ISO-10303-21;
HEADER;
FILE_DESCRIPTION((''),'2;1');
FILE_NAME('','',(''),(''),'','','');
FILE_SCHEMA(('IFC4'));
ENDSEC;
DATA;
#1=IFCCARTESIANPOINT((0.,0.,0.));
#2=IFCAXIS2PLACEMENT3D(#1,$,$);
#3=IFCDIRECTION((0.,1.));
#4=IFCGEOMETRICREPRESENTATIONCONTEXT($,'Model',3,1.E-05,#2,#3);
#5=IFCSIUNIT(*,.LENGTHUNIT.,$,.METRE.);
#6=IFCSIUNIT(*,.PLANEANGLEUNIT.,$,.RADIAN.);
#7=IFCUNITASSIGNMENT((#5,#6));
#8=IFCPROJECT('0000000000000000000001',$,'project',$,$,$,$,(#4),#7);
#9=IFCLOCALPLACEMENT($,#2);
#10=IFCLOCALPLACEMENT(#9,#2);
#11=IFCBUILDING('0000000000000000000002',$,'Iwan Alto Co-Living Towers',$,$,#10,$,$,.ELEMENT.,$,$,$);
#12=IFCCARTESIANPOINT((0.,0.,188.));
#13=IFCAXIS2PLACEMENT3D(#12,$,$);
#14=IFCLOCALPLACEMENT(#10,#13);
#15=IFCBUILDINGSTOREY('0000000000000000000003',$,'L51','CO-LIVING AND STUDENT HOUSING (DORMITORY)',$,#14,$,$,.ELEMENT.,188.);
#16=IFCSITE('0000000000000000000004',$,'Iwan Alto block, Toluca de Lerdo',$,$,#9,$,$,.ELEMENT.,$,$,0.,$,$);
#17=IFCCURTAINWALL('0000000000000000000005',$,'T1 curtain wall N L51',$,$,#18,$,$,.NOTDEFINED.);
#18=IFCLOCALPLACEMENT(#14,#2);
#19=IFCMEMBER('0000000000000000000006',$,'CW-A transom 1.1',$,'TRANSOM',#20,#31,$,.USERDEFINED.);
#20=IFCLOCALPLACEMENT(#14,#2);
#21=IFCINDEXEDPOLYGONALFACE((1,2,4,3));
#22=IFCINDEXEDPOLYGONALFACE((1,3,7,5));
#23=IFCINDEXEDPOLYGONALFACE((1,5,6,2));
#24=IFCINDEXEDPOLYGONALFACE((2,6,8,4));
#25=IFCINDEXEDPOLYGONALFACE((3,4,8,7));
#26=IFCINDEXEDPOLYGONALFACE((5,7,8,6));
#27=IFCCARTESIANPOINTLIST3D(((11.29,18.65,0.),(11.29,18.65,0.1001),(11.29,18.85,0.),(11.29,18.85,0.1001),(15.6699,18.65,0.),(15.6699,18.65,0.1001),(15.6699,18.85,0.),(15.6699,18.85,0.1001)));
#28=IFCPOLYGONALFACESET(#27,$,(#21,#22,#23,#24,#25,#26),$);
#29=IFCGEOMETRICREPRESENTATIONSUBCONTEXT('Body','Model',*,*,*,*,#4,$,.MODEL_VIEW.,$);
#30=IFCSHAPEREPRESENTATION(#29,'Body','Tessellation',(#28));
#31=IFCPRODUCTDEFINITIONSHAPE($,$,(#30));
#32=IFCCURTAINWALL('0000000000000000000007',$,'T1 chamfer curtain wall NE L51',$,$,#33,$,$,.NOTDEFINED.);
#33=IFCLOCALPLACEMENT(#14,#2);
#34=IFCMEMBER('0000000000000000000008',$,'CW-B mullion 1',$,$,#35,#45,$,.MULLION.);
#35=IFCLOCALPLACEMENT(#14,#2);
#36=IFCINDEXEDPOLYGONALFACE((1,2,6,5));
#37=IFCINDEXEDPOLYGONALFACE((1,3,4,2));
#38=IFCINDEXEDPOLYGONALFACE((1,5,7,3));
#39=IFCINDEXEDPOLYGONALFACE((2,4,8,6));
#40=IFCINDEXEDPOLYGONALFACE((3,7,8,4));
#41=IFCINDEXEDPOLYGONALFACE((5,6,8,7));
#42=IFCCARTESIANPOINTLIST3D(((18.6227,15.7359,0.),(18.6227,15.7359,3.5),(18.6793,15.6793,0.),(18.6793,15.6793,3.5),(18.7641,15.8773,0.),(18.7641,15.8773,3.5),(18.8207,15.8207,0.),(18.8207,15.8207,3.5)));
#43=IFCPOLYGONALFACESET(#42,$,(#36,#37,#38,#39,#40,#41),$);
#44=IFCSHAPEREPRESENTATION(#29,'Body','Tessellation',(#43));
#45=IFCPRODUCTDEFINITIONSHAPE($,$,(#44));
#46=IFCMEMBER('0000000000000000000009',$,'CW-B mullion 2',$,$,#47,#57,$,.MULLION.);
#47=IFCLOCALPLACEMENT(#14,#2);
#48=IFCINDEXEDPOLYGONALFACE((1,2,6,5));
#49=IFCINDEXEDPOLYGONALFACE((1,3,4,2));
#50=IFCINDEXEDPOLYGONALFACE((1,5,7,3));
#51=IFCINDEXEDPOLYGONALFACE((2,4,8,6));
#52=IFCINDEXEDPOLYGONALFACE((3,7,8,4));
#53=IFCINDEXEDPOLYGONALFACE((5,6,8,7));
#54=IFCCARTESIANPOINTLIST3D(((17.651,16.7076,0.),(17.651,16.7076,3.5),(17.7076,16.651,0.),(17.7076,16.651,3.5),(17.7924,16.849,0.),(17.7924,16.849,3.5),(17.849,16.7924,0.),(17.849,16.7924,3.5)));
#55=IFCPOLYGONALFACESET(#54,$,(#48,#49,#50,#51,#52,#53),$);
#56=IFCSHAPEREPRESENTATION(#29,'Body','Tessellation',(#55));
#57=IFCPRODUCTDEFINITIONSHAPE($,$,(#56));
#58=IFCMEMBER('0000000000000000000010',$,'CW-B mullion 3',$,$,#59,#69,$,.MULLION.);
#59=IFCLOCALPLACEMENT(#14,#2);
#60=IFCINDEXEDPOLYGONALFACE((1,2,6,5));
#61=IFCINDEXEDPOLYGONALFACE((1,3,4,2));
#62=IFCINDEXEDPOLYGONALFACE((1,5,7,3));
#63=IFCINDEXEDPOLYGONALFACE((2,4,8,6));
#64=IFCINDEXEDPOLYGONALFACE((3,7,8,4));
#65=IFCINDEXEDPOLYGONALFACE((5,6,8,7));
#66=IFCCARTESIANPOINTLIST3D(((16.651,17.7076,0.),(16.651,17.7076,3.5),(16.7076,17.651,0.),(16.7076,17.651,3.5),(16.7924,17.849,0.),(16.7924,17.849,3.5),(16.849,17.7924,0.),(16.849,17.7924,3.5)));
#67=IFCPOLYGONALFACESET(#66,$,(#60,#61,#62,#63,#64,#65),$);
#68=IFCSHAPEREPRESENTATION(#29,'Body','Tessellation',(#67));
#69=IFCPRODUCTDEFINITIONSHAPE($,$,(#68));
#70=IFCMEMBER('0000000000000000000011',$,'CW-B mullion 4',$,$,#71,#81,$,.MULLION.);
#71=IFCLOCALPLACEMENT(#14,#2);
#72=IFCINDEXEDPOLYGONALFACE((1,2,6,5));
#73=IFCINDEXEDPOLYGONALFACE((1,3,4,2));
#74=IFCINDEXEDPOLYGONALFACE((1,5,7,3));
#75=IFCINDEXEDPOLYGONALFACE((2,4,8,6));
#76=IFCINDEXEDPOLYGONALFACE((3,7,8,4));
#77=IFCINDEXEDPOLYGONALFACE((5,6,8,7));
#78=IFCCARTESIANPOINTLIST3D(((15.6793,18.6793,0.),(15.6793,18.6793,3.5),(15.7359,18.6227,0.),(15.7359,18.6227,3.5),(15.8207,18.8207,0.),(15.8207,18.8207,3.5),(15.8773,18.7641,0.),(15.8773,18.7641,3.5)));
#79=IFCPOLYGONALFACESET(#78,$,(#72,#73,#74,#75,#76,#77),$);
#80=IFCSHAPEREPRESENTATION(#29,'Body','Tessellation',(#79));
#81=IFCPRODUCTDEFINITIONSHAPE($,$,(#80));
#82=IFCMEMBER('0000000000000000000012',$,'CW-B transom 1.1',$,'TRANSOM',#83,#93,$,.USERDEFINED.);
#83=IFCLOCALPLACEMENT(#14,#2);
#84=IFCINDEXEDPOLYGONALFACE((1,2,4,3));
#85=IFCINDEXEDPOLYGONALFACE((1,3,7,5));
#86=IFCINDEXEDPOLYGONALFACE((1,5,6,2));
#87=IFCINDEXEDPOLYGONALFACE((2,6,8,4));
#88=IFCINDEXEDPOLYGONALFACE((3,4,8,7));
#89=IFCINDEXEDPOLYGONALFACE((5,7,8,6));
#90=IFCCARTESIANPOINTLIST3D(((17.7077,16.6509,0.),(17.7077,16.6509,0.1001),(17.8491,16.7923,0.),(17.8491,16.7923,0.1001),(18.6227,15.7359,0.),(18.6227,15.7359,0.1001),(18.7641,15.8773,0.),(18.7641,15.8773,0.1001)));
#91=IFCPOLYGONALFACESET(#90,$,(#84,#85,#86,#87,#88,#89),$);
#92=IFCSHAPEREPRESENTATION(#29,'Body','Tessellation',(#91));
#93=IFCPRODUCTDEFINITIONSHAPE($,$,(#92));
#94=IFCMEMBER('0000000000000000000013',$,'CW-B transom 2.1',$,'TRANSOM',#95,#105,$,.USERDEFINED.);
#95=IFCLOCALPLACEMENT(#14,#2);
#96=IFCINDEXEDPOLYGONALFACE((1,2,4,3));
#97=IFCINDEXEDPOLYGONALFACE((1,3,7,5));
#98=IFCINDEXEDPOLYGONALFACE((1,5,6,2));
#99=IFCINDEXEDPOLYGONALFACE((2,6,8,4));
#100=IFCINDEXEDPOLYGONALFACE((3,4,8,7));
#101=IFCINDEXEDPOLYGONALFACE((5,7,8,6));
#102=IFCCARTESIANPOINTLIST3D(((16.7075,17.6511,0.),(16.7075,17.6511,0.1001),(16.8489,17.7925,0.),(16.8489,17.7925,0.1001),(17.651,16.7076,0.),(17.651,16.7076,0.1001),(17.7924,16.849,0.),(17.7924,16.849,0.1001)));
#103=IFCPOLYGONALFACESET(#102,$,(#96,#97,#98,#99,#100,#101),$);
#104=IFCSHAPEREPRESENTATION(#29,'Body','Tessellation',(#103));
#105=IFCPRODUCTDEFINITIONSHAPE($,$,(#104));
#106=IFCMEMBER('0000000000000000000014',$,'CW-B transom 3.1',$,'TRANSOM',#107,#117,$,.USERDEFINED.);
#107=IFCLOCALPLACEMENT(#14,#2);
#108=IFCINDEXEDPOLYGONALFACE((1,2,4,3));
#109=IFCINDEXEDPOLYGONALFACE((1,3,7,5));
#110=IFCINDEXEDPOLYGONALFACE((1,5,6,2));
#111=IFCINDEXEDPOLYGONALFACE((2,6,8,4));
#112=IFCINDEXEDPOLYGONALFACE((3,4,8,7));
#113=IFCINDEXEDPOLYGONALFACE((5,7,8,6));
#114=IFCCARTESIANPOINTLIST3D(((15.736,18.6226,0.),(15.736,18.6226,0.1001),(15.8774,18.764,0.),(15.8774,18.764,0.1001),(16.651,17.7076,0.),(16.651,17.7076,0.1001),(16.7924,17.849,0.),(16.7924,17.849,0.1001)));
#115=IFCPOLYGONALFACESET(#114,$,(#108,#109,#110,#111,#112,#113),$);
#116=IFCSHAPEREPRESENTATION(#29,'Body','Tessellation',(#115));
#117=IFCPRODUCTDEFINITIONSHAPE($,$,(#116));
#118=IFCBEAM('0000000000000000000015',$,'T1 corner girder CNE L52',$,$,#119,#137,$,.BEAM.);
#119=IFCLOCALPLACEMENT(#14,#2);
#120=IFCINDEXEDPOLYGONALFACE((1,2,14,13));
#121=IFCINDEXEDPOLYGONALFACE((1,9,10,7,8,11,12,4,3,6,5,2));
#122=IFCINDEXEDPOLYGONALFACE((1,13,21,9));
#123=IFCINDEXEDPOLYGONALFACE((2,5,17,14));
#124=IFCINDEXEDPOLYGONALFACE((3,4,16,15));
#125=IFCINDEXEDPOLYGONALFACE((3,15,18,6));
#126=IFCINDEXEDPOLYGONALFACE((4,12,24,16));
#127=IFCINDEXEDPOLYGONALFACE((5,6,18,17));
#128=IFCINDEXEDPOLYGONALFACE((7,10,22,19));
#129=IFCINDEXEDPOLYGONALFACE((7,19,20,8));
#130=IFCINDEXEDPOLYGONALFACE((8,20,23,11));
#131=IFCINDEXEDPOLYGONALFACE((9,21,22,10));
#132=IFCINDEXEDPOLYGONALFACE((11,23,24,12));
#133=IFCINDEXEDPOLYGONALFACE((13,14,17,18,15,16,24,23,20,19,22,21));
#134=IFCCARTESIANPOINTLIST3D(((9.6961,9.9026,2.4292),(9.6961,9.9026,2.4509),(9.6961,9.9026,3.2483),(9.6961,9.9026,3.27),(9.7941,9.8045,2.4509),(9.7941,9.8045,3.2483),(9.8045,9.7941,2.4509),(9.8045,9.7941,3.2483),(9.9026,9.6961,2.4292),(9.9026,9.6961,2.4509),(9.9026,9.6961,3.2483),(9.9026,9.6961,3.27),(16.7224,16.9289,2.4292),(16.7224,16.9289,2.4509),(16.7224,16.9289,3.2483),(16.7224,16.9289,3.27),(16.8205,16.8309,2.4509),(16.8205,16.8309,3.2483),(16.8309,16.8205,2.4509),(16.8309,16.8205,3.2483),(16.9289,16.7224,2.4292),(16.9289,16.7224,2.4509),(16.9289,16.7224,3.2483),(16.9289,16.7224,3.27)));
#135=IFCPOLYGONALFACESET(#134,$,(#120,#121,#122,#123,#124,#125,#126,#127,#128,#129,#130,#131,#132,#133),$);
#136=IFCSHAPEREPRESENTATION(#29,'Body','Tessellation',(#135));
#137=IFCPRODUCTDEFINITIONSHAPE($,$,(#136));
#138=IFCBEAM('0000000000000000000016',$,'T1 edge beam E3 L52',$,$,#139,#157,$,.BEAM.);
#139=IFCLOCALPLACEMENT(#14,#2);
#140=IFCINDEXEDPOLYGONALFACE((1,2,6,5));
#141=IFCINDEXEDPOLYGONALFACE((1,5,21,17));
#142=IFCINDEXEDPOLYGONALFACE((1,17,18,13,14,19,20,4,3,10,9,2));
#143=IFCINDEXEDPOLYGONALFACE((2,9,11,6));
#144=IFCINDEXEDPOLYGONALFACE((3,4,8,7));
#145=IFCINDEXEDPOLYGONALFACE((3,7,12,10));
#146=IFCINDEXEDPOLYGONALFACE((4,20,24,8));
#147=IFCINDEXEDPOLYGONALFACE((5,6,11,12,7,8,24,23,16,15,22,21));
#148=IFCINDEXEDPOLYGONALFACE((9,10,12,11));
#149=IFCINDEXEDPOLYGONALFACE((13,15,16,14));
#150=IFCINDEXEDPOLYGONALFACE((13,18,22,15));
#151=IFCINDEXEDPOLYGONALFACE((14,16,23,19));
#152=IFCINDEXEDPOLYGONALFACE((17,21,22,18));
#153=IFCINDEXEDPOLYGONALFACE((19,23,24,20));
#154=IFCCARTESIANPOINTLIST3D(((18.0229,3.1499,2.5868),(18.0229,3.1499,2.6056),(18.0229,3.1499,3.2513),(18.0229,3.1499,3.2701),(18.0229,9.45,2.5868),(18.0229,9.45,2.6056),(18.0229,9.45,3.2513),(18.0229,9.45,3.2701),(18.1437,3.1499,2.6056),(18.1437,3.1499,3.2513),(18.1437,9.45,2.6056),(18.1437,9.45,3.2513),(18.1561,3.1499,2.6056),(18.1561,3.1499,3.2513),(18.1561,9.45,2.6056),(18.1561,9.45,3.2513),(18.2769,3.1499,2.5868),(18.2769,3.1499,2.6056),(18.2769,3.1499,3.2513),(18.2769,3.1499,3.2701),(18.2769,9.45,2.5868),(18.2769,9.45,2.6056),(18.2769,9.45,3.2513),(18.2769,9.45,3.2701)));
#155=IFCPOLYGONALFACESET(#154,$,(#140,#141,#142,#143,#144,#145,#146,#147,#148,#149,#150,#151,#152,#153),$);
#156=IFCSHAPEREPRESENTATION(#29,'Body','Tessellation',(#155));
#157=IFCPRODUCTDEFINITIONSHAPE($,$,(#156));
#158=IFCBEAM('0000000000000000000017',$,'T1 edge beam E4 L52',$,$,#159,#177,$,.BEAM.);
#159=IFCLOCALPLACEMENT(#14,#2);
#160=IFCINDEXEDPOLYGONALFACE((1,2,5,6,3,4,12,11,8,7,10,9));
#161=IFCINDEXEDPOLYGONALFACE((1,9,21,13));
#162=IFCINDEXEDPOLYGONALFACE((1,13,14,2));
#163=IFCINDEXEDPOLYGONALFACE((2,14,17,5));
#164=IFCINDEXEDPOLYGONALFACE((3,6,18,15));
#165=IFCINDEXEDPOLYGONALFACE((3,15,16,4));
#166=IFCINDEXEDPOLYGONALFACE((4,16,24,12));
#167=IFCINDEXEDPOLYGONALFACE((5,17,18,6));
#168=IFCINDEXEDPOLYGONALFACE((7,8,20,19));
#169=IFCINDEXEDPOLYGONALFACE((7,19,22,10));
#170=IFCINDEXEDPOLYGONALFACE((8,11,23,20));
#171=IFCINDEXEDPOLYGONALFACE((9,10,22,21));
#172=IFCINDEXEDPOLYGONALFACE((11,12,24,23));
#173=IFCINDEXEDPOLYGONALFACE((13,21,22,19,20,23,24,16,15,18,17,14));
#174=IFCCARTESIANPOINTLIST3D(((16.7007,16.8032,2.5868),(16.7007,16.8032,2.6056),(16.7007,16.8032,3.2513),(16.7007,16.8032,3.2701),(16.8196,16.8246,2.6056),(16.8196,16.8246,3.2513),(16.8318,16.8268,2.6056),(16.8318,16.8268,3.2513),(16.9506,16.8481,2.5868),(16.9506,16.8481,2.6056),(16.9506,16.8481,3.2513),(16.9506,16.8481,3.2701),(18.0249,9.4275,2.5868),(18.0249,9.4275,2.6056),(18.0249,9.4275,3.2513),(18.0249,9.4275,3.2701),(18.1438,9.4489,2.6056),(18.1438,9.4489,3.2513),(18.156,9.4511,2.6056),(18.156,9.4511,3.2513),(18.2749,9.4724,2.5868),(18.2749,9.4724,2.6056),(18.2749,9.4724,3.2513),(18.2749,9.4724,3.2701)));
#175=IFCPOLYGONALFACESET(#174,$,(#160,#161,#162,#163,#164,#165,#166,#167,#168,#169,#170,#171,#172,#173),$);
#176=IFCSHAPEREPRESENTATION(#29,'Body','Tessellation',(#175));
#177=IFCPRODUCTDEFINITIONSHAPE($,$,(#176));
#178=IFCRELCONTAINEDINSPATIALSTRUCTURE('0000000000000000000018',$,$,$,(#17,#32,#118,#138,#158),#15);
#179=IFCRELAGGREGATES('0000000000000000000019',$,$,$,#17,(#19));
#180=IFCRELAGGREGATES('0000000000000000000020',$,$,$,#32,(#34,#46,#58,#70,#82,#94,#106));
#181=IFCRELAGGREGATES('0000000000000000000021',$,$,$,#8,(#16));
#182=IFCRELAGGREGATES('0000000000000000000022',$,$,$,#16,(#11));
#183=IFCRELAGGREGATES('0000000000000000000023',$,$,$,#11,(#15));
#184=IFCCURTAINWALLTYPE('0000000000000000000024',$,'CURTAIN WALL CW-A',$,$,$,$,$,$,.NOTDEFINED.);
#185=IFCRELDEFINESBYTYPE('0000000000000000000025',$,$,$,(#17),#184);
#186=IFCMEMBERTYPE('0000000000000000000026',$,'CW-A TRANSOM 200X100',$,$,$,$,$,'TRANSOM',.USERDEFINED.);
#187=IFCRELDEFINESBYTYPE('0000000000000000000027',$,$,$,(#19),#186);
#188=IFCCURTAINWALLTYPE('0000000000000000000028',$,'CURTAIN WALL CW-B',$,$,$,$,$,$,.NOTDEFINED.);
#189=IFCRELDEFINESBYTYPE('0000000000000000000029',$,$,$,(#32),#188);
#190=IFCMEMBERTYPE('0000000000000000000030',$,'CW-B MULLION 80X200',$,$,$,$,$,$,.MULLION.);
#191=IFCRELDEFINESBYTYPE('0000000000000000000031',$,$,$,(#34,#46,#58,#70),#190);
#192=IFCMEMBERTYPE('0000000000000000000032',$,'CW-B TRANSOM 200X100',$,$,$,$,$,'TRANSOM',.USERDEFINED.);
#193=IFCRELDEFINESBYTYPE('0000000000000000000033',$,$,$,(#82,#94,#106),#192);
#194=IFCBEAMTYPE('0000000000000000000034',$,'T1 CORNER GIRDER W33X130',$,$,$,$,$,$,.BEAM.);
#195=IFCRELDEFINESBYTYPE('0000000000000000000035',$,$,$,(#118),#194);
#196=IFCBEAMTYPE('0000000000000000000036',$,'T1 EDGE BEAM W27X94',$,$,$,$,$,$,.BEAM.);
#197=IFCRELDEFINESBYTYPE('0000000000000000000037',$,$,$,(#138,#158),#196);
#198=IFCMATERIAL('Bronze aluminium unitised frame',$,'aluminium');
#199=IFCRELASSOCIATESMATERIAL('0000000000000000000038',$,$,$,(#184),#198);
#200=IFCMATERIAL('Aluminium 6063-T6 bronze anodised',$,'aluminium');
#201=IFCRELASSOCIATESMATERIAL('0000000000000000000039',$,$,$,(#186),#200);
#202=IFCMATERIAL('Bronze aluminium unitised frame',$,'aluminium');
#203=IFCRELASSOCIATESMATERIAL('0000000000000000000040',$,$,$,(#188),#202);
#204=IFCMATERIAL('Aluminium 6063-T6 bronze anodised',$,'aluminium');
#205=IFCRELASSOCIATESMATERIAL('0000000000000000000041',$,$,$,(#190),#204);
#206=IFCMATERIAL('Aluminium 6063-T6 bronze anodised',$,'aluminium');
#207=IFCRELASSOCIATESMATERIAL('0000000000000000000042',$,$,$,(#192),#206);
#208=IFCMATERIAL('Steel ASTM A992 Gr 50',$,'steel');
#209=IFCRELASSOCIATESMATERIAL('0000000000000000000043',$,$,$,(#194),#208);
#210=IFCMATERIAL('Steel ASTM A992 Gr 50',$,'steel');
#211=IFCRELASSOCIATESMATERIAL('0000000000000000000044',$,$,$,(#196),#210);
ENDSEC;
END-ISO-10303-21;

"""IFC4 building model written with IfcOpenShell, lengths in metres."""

from ifc_helpers import new_model, si_unit, direction, frame, origin, origin_2d, place, context, subcontext, project, spatial, rectangle, i_section, extrude, material, material_profile, profile_set, type_object, element, aggregate, save


model = new_model("IFC4")

# Units and contexts
model_context = context("Model", 3, precision=1e-05, world=origin(), true_north=direction((0.0, 1.0)))
body_context = subcontext(model_context, "Body", "Model", "MODEL_VIEW")
ifc_project = project(units=[si_unit("LENGTHUNIT", "METRE"), si_unit("PLANEANGLEUNIT", "RADIAN")], contexts=[model_context])

# Site, building, storey
site_placement = place(None, origin())
site = spatial("IfcSite", under=ifc_project, at=site_placement, Name="Iwan Alto block, Toluca de Lerdo", CompositionType="ELEMENT", RefElevation=0.0)
building_placement = place(site_placement, origin())
building = spatial("IfcBuilding", under=site, at=building_placement, Name="Iwan Alto Co-Living Towers", CompositionType="ELEMENT")
storey_placement = place(building_placement, frame((0.0, 0.0, 188.0)))
storey = spatial("IfcBuildingStorey", under=building, at=storey_placement, Name="L51", Description="CO-LIVING AND STUDENT HOUSING (DORMITORY)", CompositionType="ELEMENT", Elevation=188.0)

# Shared definitions
ifc_material_1 = material(Name="Bronze aluminium unitised frame", Category="aluminium")
curtain_wall_type_1 = type_object("IfcCurtainWallType", Name="CURTAIN WALL CW-A", PredefinedType="NOTDEFINED", material=ifc_material_1)

# Curtain wall
curtain_wall_1_placement = place(storey_placement, origin())
curtain_wall_1 = element("IfcCurtainWall", 1, at=curtain_wall_1_placement, inside=storey, type_object=curtain_wall_type_1, Name="T1 curtain wall N L51", PredefinedType="NOTDEFINED")

# Member
ifc_material_2 = material(Name="Aluminium 6063-T6 bronze anodised", Category="aluminium")
ifc_material_profile_1 = material_profile(ifc_material_2, rectangle(XDim=0.2, YDim=0.1001, at=origin_2d()), Name="AL 200X100")
ifc_profile_set_1 = profile_set([ifc_material_profile_1], Name="Aluminium 6063-T6 bronze anodised")
member_type_1 = type_object("IfcMemberType", Name="CW-A TRANSOM 200X100", ElementType="TRANSOM", PredefinedType="USERDEFINED", material=ifc_profile_set_1)
member_1_placement = place(storey_placement, frame((15.6699, 18.75, 0.05), z_axis=(-1.0, 0.0, 0.0), x_axis=(0.0, -1.0, 0.0)))
member_1 = element("IfcMember", 2, at=member_1_placement, type_object=member_type_1, Name="CW-A transom 1.1", ObjectType="TRANSOM", PredefinedType="USERDEFINED", context=body_context, shape_type="SweptSolid", body=[
    extrude(rectangle(XDim=0.2, YDim=0.1001, at=origin_2d()), origin(), (0.0, 0.0, 1.0), 4.3799),
])

# Curtain wall, members
ifc_material_3 = material(Name="Bronze aluminium unitised frame", Category="aluminium")
curtain_wall_type_2 = type_object("IfcCurtainWallType", Name="CURTAIN WALL CW-B", PredefinedType="NOTDEFINED", material=ifc_material_3)
curtain_wall_2_placement = place(storey_placement, origin())
curtain_wall_2 = element("IfcCurtainWall", 3, at=curtain_wall_2_placement, inside=storey, type_object=curtain_wall_type_2, Name="T1 chamfer curtain wall NE L51", PredefinedType="NOTDEFINED")
ifc_material_4 = material(Name="Aluminium 6063-T6 bronze anodised", Category="aluminium")
ifc_material_profile_2 = material_profile(ifc_material_4, rectangle(XDim=0.2, YDim=0.0801, at=origin_2d()), Name="AL 80X200")
ifc_profile_set_2 = profile_set([ifc_material_profile_2], Name="Aluminium 6063-T6 bronze anodised")
member_type_2 = type_object("IfcMemberType", Name="CW-B MULLION 80X200", PredefinedType="MULLION", material=ifc_profile_set_2)
member_2_placement = place(storey_placement, frame((18.7217, 15.7783, 0.0), z_axis=(0.0, 0.0, 1.0), x_axis=(-0.707107, -0.707107, 0.0)))
member_2 = element("IfcMember", 4, at=member_2_placement, type_object=member_type_2, Name="CW-B mullion 1", PredefinedType="MULLION", context=body_context, shape_type="SweptSolid", body=[
    extrude(rectangle(XDim=0.2, YDim=0.0801, at=origin_2d()), origin(), (0.0, 0.0, 1.0), 3.5),
])
member_3_placement = place(storey_placement, frame((17.75, 16.75, 0.0), z_axis=(0.0, 0.0, 1.0), x_axis=(-0.707107, -0.707107, 0.0)))
member_3 = element("IfcMember", 5, at=member_3_placement, type_object=member_type_2, Name="CW-B mullion 2", PredefinedType="MULLION", context=body_context, shape_type="SweptSolid", body=[
    extrude(rectangle(XDim=0.2, YDim=0.0801, at=origin_2d()), origin(), (0.0, 0.0, 1.0), 3.5),
])
member_4_placement = place(storey_placement, frame((16.75, 17.75, 0.0), z_axis=(0.0, 0.0, 1.0), x_axis=(-0.707107, -0.707107, 0.0)))
member_4 = element("IfcMember", 6, at=member_4_placement, type_object=member_type_2, Name="CW-B mullion 3", PredefinedType="MULLION", context=body_context, shape_type="SweptSolid", body=[
    extrude(rectangle(XDim=0.2, YDim=0.0801, at=origin_2d()), origin(), (0.0, 0.0, 1.0), 3.5),
])
member_5_placement = place(storey_placement, frame((15.7783, 18.7217, 0.0), z_axis=(0.0, 0.0, 1.0), x_axis=(-0.707107, -0.707107, 0.0)))
member_5 = element("IfcMember", 7, at=member_5_placement, type_object=member_type_2, Name="CW-B mullion 4", PredefinedType="MULLION", context=body_context, shape_type="SweptSolid", body=[
    extrude(rectangle(XDim=0.2, YDim=0.0801, at=origin_2d()), origin(), (0.0, 0.0, 1.0), 3.5),
])
ifc_material_5 = material(Name="Aluminium 6063-T6 bronze anodised", Category="aluminium")
ifc_material_profile_3 = material_profile(ifc_material_5, rectangle(XDim=0.2, YDim=0.1001, at=origin_2d()), Name="AL 200X100")
ifc_profile_set_3 = profile_set([ifc_material_profile_3], Name="Aluminium 6063-T6 bronze anodised")
member_type_3 = type_object("IfcMemberType", Name="CW-B TRANSOM 200X100", ElementType="TRANSOM", PredefinedType="USERDEFINED", material=ifc_profile_set_3)
member_6_placement = place(storey_placement, frame((18.6934, 15.8066, 0.05), z_axis=(-0.707107, 0.707107, 0.0), x_axis=(-0.707107, -0.707107, 0.0)))
member_6 = element("IfcMember", 8, at=member_6_placement, type_object=member_type_3, Name="CW-B transom 1.1", ObjectType="TRANSOM", PredefinedType="USERDEFINED", context=body_context, shape_type="SweptSolid", body=[
    extrude(rectangle(XDim=0.2, YDim=0.1001, at=origin_2d()), origin(), (0.0, 0.0, 1.0), 1.2939),
])
member_7_placement = place(storey_placement, frame((17.7217, 16.7783, 0.05), z_axis=(-0.707107, 0.707107, 0.0), x_axis=(-0.707107, -0.707107, 0.0)))
member_7 = element("IfcMember", 9, at=member_7_placement, type_object=member_type_3, Name="CW-B transom 2.1", ObjectType="TRANSOM", PredefinedType="USERDEFINED", context=body_context, shape_type="SweptSolid", body=[
    extrude(rectangle(XDim=0.2, YDim=0.1001, at=origin_2d()), origin(), (0.0, 0.0, 1.0), 1.3342),
])
member_8_placement = place(storey_placement, frame((16.7217, 17.7783, 0.05), z_axis=(-0.707107, 0.707107, 0.0), x_axis=(-0.707107, -0.707107, 0.0)))
member_8 = element("IfcMember", 10, at=member_8_placement, type_object=member_type_3, Name="CW-B transom 3.1", ObjectType="TRANSOM", PredefinedType="USERDEFINED", context=body_context, shape_type="SweptSolid", body=[
    extrude(rectangle(XDim=0.2, YDim=0.1001, at=origin_2d()), origin(), (0.0, 0.0, 1.0), 1.2939),
])

# Beams
ifc_material_6 = material(Name="Steel ASTM A992 Gr 50", Category="steel")
ifc_material_profile_4 = material_profile(ifc_material_6, i_section(OverallWidth=0.292, OverallDepth=0.8408, WebThickness=0.0146, FlangeThickness=0.0217, at=origin_2d()), Name="W33X130")
ifc_profile_set_4 = profile_set([ifc_material_profile_4], Name="Steel ASTM A992 Gr 50")
beam_type_1 = type_object("IfcBeamType", Name="T1 CORNER GIRDER W33X130", PredefinedType="BEAM", material=ifc_profile_set_4)
beam_1_placement = place(storey_placement, frame((16.8257, 16.8257, 2.8496), z_axis=(-0.707107, -0.707107, 0.0), x_axis=(0.707107, -0.707107, 0.0)))
element("IfcBeam", 11, at=beam_1_placement, inside=storey, type_object=beam_type_1, Name="T1 corner girder CNE L52", PredefinedType="BEAM", context=body_context, shape_type="SweptSolid", body=[
    extrude(i_section(OverallWidth=0.292, OverallDepth=0.8408, WebThickness=0.0146, FlangeThickness=0.0217, at=origin_2d()), origin(), (0.0, 0.0, 1.0), 9.9368),
])
ifc_material_7 = material(Name="Steel ASTM A992 Gr 50", Category="steel")
ifc_material_profile_5 = material_profile(ifc_material_7, i_section(OverallWidth=0.2539, OverallDepth=0.6833, WebThickness=0.0125, FlangeThickness=0.0188, at=origin_2d()), Name="W27X94")
ifc_profile_set_5 = profile_set([ifc_material_profile_5], Name="Steel ASTM A992 Gr 50")
beam_type_2 = type_object("IfcBeamType", Name="T1 EDGE BEAM W27X94", PredefinedType="BEAM", material=ifc_profile_set_5)
beam_2_placement = place(storey_placement, frame((18.1499, 3.1499, 2.9285), z_axis=(0.0, 1.0, 0.0), x_axis=(-1.0, 0.0, 0.0)))
element("IfcBeam", 12, at=beam_2_placement, inside=storey, type_object=beam_type_2, Name="T1 edge beam E3 L52", PredefinedType="BEAM", context=body_context, shape_type="SweptSolid", body=[
    extrude(i_section(OverallWidth=0.2539, OverallDepth=0.6833, WebThickness=0.0125, FlangeThickness=0.0188, at=origin_2d()), origin(), (0.0, 0.0, 1.0), 6.3),
])
for number, where, z_axis, x_axis, name in (
    (13, (18.1499, 9.45, 2.9285), (-0.176712, 0.984263, 0.0), (-0.984263, -0.176712, 0.0), "T1 edge beam E4 L52"),
):
    element("IfcBeam", number, at=place(storey_placement, frame(where, z_axis=z_axis, x_axis=x_axis)), inside=storey, type_object=beam_type_2, Name=name, PredefinedType="BEAM", context=body_context, shape_type="SweptSolid", body=[
        extrude(i_section(OverallWidth=0.2539, OverallDepth=0.6833, WebThickness=0.0125, FlangeThickness=0.0188, at=origin_2d()), origin(), (0.0, 0.0, 1.0), 7.4937),
    ])

aggregate(curtain_wall_1, [member_1])
aggregate(curtain_wall_2, [member_2, member_3, member_4, member_5, member_6, member_7, member_8])

save(model, "model.ifc")
